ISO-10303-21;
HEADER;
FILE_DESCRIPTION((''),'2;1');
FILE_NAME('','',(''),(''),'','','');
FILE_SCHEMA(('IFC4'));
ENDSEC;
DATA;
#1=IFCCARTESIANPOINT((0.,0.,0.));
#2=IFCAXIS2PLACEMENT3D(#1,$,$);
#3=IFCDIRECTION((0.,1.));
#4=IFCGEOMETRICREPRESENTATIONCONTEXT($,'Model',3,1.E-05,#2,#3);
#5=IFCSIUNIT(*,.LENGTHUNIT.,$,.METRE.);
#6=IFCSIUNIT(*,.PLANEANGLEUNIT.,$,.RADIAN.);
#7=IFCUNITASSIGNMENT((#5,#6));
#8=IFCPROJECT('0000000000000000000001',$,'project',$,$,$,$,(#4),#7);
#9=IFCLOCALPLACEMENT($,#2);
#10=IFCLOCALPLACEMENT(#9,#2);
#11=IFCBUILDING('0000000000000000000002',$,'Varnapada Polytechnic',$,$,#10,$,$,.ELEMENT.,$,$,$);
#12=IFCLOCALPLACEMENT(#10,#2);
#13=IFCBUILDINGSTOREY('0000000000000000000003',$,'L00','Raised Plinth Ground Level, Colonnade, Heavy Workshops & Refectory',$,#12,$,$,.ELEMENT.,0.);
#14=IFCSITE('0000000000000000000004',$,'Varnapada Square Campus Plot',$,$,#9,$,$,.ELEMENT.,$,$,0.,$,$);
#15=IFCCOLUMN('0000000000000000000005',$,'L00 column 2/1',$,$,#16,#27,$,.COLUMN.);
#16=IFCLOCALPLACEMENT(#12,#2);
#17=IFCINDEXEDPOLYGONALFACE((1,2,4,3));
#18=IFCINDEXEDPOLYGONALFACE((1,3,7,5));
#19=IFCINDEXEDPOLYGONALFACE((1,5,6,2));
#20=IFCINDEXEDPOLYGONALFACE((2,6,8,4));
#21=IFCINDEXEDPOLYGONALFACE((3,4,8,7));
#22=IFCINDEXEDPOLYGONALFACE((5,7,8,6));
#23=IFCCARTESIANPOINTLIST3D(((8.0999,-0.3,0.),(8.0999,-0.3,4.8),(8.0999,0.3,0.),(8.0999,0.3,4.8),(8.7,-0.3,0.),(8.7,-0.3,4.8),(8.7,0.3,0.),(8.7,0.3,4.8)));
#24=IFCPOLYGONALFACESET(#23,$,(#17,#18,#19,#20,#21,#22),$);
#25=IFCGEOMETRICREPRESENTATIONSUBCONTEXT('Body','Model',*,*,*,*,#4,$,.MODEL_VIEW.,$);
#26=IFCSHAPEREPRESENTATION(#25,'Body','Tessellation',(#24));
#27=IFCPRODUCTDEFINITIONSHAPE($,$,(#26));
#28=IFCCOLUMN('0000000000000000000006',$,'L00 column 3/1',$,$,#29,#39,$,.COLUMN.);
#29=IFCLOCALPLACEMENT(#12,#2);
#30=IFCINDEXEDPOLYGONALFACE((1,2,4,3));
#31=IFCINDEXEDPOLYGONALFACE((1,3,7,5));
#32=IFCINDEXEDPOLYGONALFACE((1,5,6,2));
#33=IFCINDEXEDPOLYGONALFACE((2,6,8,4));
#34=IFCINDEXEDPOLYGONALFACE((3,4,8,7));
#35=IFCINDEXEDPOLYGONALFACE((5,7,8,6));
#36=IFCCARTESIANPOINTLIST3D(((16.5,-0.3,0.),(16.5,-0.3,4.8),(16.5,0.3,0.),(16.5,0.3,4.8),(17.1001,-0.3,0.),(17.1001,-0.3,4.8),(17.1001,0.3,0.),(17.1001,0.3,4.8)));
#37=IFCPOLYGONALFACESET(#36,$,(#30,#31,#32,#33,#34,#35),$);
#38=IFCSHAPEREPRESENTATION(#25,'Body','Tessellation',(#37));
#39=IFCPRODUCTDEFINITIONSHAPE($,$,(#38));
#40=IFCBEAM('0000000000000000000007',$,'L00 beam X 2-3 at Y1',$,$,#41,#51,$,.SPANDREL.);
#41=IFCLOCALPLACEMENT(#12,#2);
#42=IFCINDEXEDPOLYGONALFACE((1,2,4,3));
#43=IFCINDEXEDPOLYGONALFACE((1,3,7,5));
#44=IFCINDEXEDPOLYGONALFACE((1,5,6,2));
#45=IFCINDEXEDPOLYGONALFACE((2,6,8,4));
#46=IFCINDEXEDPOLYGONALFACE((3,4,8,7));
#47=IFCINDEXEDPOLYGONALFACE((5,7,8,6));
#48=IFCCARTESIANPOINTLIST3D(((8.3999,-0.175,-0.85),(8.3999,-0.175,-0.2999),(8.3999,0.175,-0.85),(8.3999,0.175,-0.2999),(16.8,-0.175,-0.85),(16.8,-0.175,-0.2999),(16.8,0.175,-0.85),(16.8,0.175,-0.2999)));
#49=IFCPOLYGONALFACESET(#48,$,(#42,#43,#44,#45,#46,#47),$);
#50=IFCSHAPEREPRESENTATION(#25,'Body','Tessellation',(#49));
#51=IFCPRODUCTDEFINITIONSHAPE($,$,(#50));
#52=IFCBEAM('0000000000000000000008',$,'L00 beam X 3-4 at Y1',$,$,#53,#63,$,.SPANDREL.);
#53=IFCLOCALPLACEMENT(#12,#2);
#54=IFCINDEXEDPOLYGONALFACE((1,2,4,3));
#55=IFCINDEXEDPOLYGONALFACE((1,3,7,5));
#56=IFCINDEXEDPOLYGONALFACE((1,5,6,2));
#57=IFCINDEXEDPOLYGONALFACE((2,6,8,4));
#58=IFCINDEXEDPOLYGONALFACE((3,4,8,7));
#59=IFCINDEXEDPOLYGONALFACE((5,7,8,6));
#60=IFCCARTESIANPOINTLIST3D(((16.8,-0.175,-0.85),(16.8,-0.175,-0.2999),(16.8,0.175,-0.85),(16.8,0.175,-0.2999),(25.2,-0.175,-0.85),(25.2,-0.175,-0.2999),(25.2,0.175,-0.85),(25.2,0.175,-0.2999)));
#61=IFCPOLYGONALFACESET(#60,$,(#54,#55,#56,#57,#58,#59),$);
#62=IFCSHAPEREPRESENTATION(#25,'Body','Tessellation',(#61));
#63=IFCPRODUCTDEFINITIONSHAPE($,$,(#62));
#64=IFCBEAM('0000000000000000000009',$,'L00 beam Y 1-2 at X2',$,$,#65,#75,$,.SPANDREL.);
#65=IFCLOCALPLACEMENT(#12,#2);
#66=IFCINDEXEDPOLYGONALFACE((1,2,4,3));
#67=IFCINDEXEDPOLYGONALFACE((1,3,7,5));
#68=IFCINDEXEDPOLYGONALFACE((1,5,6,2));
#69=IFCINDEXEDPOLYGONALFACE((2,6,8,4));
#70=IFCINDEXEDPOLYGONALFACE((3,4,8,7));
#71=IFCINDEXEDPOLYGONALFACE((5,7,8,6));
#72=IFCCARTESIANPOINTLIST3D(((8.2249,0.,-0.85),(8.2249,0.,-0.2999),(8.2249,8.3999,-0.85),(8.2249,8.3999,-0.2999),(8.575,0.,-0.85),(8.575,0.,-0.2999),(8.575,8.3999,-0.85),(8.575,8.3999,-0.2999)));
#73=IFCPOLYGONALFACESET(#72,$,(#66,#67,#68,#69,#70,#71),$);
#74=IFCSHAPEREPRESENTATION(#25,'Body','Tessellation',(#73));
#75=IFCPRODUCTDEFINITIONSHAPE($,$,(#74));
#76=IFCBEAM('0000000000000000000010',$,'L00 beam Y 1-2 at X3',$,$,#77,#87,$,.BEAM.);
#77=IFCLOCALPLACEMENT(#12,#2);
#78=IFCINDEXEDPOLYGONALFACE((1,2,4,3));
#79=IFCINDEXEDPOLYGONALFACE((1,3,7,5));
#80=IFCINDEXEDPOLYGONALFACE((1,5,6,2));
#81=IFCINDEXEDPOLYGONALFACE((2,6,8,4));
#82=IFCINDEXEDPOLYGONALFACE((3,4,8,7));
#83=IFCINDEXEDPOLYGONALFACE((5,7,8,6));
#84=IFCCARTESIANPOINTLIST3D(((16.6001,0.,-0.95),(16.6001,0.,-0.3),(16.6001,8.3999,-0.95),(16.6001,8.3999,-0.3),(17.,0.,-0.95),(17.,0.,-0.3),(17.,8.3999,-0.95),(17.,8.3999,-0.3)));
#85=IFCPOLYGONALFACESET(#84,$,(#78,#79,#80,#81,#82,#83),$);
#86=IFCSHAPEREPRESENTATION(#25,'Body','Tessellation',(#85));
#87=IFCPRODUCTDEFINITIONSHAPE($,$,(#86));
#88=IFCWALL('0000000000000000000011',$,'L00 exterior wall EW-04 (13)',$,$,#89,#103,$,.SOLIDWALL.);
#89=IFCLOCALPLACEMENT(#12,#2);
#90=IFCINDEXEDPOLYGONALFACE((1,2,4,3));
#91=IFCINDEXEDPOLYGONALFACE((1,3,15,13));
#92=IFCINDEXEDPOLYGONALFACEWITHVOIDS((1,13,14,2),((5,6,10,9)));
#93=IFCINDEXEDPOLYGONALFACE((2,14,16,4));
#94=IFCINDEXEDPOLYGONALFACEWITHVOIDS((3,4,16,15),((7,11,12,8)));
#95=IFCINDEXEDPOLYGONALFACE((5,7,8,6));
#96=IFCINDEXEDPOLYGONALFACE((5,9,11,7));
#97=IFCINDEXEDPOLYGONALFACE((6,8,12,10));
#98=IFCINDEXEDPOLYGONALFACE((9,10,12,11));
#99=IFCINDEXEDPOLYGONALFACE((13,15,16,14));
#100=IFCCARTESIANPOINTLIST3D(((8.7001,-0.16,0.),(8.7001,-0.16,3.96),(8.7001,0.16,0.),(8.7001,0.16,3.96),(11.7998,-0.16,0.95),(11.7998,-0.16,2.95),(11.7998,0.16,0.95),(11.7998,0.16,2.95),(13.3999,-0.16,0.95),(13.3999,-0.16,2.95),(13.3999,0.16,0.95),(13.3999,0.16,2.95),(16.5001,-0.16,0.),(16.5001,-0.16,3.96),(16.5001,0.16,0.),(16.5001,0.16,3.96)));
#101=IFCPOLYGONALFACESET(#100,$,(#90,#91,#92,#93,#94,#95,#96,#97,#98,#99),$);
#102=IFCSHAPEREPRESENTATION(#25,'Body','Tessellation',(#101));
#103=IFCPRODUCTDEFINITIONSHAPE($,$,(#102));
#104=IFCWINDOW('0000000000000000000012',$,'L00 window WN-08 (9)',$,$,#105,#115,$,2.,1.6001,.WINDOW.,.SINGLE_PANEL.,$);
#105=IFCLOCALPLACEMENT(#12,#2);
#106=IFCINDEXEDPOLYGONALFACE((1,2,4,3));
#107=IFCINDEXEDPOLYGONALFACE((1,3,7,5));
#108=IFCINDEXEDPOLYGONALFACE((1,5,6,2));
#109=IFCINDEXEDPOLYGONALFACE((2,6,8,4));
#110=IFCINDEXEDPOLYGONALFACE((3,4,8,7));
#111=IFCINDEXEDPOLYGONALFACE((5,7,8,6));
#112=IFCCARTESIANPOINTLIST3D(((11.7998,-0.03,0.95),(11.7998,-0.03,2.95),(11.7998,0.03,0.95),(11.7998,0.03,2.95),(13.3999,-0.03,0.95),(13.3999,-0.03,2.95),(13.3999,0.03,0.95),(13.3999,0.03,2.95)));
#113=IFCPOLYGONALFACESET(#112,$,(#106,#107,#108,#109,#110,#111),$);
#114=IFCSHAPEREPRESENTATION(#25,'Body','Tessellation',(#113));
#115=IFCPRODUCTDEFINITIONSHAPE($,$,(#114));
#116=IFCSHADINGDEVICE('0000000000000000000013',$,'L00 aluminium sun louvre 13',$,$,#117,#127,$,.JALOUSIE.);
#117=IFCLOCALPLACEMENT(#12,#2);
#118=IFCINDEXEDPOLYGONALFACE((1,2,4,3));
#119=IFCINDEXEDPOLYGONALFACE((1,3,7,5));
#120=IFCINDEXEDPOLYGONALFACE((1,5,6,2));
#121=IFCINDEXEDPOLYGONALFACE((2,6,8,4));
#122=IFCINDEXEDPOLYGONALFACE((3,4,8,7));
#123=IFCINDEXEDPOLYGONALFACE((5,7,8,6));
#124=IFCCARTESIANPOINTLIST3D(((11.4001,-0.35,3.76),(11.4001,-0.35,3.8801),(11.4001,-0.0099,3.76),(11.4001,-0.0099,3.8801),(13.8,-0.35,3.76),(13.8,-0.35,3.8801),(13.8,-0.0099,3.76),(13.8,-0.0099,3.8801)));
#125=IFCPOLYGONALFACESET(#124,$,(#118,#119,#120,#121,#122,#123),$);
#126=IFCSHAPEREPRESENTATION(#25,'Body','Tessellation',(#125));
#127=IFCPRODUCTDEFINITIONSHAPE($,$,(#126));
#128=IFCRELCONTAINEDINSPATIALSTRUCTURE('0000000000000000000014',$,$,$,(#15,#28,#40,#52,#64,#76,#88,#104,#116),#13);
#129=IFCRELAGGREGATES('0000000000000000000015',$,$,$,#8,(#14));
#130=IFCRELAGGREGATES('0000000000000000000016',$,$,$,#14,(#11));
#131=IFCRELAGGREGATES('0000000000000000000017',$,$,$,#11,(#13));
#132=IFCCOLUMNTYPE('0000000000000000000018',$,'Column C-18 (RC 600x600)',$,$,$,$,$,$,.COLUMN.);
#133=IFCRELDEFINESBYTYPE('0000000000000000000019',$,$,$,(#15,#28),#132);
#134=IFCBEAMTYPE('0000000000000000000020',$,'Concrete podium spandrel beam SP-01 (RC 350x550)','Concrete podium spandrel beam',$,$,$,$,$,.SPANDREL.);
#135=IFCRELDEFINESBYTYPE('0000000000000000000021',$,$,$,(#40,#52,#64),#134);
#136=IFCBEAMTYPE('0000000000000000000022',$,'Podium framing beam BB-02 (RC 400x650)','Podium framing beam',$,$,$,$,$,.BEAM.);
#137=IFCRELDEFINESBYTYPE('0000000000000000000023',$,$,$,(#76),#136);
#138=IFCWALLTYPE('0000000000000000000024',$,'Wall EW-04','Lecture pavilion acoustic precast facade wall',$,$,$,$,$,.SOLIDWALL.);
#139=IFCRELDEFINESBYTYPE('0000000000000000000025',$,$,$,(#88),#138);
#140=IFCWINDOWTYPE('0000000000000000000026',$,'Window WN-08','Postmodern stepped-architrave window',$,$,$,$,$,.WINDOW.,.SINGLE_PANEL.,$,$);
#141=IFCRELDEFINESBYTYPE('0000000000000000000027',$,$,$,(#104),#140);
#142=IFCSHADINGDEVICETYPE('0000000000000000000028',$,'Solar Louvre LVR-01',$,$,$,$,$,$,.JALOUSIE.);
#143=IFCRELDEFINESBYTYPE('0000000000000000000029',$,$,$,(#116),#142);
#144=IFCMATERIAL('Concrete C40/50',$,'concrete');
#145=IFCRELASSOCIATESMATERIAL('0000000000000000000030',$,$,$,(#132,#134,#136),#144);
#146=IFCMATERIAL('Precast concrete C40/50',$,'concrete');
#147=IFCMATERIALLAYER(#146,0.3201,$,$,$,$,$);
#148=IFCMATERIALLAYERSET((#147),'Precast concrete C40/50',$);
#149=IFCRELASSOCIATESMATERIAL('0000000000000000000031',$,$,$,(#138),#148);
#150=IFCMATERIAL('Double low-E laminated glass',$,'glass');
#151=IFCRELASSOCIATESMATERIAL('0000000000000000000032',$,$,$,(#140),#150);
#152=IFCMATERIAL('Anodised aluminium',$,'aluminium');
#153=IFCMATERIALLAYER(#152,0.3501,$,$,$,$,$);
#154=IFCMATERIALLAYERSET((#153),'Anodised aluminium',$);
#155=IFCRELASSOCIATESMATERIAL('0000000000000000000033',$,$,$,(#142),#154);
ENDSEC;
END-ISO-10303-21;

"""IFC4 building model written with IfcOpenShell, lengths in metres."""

from ifc_helpers import new_model, si_unit, direction, frame, frame_2d, origin, origin_2d, place, context, subcontext, project, spatial, rectangle, extrude, material, layer, layer_set, material_profile, profile_set, type_object, element, fill, save


model = new_model("IFC4")

# Units and contexts
model_context = context("Model", 3, precision=1e-05, world=origin(), true_north=direction((0.0, 1.0)))
body_context = subcontext(model_context, "Body", "Model", "MODEL_VIEW")
ifc_project = project(units=[si_unit("LENGTHUNIT", "METRE"), si_unit("PLANEANGLEUNIT", "RADIAN")], contexts=[model_context])

# Site, building, storey
site_placement = place(None, origin())
site = spatial("IfcSite", under=ifc_project, at=site_placement, Name="Varnapada Square Campus Plot", CompositionType="ELEMENT", RefElevation=0.0)
building_placement = place(site_placement, origin())
building = spatial("IfcBuilding", under=site, at=building_placement, Name="Varnapada Polytechnic", CompositionType="ELEMENT")
storey_placement = place(building_placement, origin())
storey = spatial("IfcBuildingStorey", under=building, at=storey_placement, Name="L00", Description="Raised Plinth Ground Level, Colonnade, Heavy Workshops & Refectory", CompositionType="ELEMENT", Elevation=0.0)

# Columns
ifc_material_1 = material(Name="Concrete C40/50", Category="concrete")
ifc_material_profile_1 = material_profile(ifc_material_1, rectangle(XDim=0.6001, YDim=0.6001, at=origin_2d()), Name="RC 600x600")
ifc_profile_set_1 = profile_set([ifc_material_profile_1], Name="Concrete C40/50")
column_type = type_object("IfcColumnType", Name="Column C-18 (RC 600x600)", PredefinedType="COLUMN", material=ifc_profile_set_1)
for number, where, z_axis, x_axis, name in (
    (1, (8.3999, 0.0, 0.0), (0.0, 0.0, 1.0), (1.0, 0.0, 0.0), "L00 column 2/1"),
    (2, (16.8, 0.0, 0.0), (0.0, 0.0, 1.0), (1.0, 0.0, 0.0), "L00 column 3/1"),
):
    element("IfcColumn", number, at=place(storey_placement, frame(where, z_axis=z_axis, x_axis=x_axis)), inside=storey, type_object=column_type, Name=name, PredefinedType="COLUMN", context=body_context, shape_type="SweptSolid", body=[
        extrude(rectangle(XDim=0.6001, YDim=0.6001, at=origin_2d()), origin(), (0.0, 0.0, 1.0), 4.8),
    ])

# Beams
ifc_material_profile_2 = material_profile(ifc_material_1, rectangle(XDim=0.3501, YDim=0.55, at=origin_2d()), Name="RC 350x550")
ifc_profile_set_2 = profile_set([ifc_material_profile_2], Name="Concrete C40/50")
beam_type_1 = type_object("IfcBeamType", Name="Concrete podium spandrel beam SP-01 (RC 350x550)", Description="Concrete podium spandrel beam", PredefinedType="SPANDREL", material=ifc_profile_set_2)
beam_1_placement = place(storey_placement, frame((8.3999, 0.0, -0.575), z_axis=(1.0, 0.0, 0.0), x_axis=(0.0, 1.0, 0.0)))
element("IfcBeam", 3, at=beam_1_placement, inside=storey, type_object=beam_type_1, Name="L00 beam X 2-3 at Y1", PredefinedType="SPANDREL", context=body_context, shape_type="SweptSolid", body=[
    extrude(rectangle(XDim=0.3501, YDim=0.55, at=origin_2d()), origin(), (0.0, 0.0, 1.0), 8.4001),
])
for number, where, z_axis, x_axis, name in (
    (4, (16.8, 0.0, -0.575), (1.0, 0.0, 0.0), (0.0, 1.0, 0.0), "L00 beam X 3-4 at Y1"),
    (5, (8.3999, 0.0, -0.575), (0.0, 1.0, 0.0), (-1.0, 0.0, 0.0), "L00 beam Y 1-2 at X2"),
):
    element("IfcBeam", number, at=place(storey_placement, frame(where, z_axis=z_axis, x_axis=x_axis)), inside=storey, type_object=beam_type_1, Name=name, PredefinedType="SPANDREL", context=body_context, shape_type="SweptSolid", body=[
        extrude(rectangle(XDim=0.3501, YDim=0.55, at=origin_2d()), origin(), (0.0, 0.0, 1.0), 8.3999),
    ])
ifc_material_profile_3 = material_profile(ifc_material_1, rectangle(XDim=0.3999, YDim=0.6499, at=origin_2d()), Name="RC 400x650")
ifc_profile_set_3 = profile_set([ifc_material_profile_3], Name="Concrete C40/50")
beam_type_2 = type_object("IfcBeamType", Name="Podium framing beam BB-02 (RC 400x650)", Description="Podium framing beam", PredefinedType="BEAM", material=ifc_profile_set_3)
beam_2_placement = place(storey_placement, frame((16.8, 0.0, -0.625), z_axis=(0.0, 1.0, 0.0), x_axis=(-1.0, 0.0, 0.0)))
element("IfcBeam", 6, at=beam_2_placement, inside=storey, type_object=beam_type_2, Name="L00 beam Y 1-2 at X3", PredefinedType="BEAM", context=body_context, shape_type="SweptSolid", body=[
    extrude(rectangle(XDim=0.3999, YDim=0.6499, at=origin_2d()), origin(), (0.0, 0.0, 1.0), 8.3999),
])

# Wall, opening, window
ifc_material_2 = material(Name="Precast concrete C40/50", Category="concrete")
ifc_layer_1 = layer(ifc_material_2, 0.3201)
ifc_layer_set_1 = layer_set([ifc_layer_1], Name="Precast concrete C40/50")
wall_type = type_object("IfcWallType", Name="Wall EW-04", Description="Lecture pavilion acoustic precast facade wall", PredefinedType="SOLIDWALL", material=ifc_layer_set_1)
wall_placement = place(storey_placement, frame((16.5, 0.0, 0.0), z_axis=(0.0, 0.0, 1.0), x_axis=(-1.0, 0.0, 0.0)))
wall = element("IfcWall", 7, at=wall_placement, inside=storey, type_object=wall_type, Name="L00 exterior wall EW-04 (13)", PredefinedType="SOLIDWALL", context=body_context, shape_type="SweptSolid", body=[
    extrude(rectangle(XDim=7.8, YDim=0.3201, at=frame_2d((3.8999, 0.0))), origin(), (0.0, 0.0, 1.0), 3.96),
])
opening_1_placement = place(wall_placement, frame((3.1001, 0.0, 0.95)))
opening_1 = element("IfcOpeningElement", 8, at=opening_1_placement, cuts=wall, PredefinedType="OPENING", context=body_context, shape_type="SweptSolid", body=[
    extrude(rectangle(XDim=1.6001, YDim=2.0, at=frame_2d((0.8, 1.0))), frame((0.0, 0.1699, 0.0), z_axis=(0.0, -1.0, 0.0), x_axis=(1.0, 0.0, 0.0)), (0.0, 0.0, 1.0), 0.3401),
])
ifc_material_3 = material(Name="Double low-E laminated glass", Category="glass")
window_type = type_object("IfcWindowType", Name="Window WN-08", Description="Postmodern stepped-architrave window", PartitioningType="SINGLE_PANEL", PredefinedType="WINDOW", material=ifc_material_3)
window_placement = place(opening_1_placement, origin())
window = element("IfcWindow", 9, at=window_placement, inside=storey, type_object=window_type, Name="L00 window WN-08 (9)", OverallHeight=2.0, OverallWidth=1.6001, PartitioningType="SINGLE_PANEL", PredefinedType="WINDOW", context=body_context, shape_type="SweptSolid", body=[
    extrude(rectangle(XDim=1.6001, YDim=2.0, at=frame_2d((0.8, 1.0))), frame((0.0, 0.03, 0.0), z_axis=(0.0, -1.0, 0.0), x_axis=(1.0, 0.0, 0.0)), (0.0, 0.0, 1.0), 0.0601),
])
fill(opening_1, window)

# Shading device
ifc_material_4 = material(Name="Anodised aluminium", Category="aluminium")
ifc_layer_2 = layer(ifc_material_4, 0.3501)
ifc_layer_set_2 = layer_set([ifc_layer_2], Name="Anodised aluminium")
shading_device_type_1 = type_object("IfcShadingDeviceType", Name="Solar Louvre LVR-01", PredefinedType="JALOUSIE", material=ifc_layer_set_2)
shading_device_1_placement = place(storey_placement, frame((12.6001, -0.1799, 3.76), z_axis=(0.0, 0.0, 1.0), x_axis=(-1.0, 0.0, 0.0)))
element("IfcShadingDevice", 10, at=shading_device_1_placement, inside=storey, type_object=shading_device_type_1, Name="L00 aluminium sun louvre 13", PredefinedType="JALOUSIE", context=body_context, shape_type="SweptSolid", body=[
    extrude(rectangle(XDim=2.3999, YDim=0.3401, at=origin_2d()), origin(), (0.0, 0.0, 1.0), 0.1201),
])

save(model, "model.ifc")
